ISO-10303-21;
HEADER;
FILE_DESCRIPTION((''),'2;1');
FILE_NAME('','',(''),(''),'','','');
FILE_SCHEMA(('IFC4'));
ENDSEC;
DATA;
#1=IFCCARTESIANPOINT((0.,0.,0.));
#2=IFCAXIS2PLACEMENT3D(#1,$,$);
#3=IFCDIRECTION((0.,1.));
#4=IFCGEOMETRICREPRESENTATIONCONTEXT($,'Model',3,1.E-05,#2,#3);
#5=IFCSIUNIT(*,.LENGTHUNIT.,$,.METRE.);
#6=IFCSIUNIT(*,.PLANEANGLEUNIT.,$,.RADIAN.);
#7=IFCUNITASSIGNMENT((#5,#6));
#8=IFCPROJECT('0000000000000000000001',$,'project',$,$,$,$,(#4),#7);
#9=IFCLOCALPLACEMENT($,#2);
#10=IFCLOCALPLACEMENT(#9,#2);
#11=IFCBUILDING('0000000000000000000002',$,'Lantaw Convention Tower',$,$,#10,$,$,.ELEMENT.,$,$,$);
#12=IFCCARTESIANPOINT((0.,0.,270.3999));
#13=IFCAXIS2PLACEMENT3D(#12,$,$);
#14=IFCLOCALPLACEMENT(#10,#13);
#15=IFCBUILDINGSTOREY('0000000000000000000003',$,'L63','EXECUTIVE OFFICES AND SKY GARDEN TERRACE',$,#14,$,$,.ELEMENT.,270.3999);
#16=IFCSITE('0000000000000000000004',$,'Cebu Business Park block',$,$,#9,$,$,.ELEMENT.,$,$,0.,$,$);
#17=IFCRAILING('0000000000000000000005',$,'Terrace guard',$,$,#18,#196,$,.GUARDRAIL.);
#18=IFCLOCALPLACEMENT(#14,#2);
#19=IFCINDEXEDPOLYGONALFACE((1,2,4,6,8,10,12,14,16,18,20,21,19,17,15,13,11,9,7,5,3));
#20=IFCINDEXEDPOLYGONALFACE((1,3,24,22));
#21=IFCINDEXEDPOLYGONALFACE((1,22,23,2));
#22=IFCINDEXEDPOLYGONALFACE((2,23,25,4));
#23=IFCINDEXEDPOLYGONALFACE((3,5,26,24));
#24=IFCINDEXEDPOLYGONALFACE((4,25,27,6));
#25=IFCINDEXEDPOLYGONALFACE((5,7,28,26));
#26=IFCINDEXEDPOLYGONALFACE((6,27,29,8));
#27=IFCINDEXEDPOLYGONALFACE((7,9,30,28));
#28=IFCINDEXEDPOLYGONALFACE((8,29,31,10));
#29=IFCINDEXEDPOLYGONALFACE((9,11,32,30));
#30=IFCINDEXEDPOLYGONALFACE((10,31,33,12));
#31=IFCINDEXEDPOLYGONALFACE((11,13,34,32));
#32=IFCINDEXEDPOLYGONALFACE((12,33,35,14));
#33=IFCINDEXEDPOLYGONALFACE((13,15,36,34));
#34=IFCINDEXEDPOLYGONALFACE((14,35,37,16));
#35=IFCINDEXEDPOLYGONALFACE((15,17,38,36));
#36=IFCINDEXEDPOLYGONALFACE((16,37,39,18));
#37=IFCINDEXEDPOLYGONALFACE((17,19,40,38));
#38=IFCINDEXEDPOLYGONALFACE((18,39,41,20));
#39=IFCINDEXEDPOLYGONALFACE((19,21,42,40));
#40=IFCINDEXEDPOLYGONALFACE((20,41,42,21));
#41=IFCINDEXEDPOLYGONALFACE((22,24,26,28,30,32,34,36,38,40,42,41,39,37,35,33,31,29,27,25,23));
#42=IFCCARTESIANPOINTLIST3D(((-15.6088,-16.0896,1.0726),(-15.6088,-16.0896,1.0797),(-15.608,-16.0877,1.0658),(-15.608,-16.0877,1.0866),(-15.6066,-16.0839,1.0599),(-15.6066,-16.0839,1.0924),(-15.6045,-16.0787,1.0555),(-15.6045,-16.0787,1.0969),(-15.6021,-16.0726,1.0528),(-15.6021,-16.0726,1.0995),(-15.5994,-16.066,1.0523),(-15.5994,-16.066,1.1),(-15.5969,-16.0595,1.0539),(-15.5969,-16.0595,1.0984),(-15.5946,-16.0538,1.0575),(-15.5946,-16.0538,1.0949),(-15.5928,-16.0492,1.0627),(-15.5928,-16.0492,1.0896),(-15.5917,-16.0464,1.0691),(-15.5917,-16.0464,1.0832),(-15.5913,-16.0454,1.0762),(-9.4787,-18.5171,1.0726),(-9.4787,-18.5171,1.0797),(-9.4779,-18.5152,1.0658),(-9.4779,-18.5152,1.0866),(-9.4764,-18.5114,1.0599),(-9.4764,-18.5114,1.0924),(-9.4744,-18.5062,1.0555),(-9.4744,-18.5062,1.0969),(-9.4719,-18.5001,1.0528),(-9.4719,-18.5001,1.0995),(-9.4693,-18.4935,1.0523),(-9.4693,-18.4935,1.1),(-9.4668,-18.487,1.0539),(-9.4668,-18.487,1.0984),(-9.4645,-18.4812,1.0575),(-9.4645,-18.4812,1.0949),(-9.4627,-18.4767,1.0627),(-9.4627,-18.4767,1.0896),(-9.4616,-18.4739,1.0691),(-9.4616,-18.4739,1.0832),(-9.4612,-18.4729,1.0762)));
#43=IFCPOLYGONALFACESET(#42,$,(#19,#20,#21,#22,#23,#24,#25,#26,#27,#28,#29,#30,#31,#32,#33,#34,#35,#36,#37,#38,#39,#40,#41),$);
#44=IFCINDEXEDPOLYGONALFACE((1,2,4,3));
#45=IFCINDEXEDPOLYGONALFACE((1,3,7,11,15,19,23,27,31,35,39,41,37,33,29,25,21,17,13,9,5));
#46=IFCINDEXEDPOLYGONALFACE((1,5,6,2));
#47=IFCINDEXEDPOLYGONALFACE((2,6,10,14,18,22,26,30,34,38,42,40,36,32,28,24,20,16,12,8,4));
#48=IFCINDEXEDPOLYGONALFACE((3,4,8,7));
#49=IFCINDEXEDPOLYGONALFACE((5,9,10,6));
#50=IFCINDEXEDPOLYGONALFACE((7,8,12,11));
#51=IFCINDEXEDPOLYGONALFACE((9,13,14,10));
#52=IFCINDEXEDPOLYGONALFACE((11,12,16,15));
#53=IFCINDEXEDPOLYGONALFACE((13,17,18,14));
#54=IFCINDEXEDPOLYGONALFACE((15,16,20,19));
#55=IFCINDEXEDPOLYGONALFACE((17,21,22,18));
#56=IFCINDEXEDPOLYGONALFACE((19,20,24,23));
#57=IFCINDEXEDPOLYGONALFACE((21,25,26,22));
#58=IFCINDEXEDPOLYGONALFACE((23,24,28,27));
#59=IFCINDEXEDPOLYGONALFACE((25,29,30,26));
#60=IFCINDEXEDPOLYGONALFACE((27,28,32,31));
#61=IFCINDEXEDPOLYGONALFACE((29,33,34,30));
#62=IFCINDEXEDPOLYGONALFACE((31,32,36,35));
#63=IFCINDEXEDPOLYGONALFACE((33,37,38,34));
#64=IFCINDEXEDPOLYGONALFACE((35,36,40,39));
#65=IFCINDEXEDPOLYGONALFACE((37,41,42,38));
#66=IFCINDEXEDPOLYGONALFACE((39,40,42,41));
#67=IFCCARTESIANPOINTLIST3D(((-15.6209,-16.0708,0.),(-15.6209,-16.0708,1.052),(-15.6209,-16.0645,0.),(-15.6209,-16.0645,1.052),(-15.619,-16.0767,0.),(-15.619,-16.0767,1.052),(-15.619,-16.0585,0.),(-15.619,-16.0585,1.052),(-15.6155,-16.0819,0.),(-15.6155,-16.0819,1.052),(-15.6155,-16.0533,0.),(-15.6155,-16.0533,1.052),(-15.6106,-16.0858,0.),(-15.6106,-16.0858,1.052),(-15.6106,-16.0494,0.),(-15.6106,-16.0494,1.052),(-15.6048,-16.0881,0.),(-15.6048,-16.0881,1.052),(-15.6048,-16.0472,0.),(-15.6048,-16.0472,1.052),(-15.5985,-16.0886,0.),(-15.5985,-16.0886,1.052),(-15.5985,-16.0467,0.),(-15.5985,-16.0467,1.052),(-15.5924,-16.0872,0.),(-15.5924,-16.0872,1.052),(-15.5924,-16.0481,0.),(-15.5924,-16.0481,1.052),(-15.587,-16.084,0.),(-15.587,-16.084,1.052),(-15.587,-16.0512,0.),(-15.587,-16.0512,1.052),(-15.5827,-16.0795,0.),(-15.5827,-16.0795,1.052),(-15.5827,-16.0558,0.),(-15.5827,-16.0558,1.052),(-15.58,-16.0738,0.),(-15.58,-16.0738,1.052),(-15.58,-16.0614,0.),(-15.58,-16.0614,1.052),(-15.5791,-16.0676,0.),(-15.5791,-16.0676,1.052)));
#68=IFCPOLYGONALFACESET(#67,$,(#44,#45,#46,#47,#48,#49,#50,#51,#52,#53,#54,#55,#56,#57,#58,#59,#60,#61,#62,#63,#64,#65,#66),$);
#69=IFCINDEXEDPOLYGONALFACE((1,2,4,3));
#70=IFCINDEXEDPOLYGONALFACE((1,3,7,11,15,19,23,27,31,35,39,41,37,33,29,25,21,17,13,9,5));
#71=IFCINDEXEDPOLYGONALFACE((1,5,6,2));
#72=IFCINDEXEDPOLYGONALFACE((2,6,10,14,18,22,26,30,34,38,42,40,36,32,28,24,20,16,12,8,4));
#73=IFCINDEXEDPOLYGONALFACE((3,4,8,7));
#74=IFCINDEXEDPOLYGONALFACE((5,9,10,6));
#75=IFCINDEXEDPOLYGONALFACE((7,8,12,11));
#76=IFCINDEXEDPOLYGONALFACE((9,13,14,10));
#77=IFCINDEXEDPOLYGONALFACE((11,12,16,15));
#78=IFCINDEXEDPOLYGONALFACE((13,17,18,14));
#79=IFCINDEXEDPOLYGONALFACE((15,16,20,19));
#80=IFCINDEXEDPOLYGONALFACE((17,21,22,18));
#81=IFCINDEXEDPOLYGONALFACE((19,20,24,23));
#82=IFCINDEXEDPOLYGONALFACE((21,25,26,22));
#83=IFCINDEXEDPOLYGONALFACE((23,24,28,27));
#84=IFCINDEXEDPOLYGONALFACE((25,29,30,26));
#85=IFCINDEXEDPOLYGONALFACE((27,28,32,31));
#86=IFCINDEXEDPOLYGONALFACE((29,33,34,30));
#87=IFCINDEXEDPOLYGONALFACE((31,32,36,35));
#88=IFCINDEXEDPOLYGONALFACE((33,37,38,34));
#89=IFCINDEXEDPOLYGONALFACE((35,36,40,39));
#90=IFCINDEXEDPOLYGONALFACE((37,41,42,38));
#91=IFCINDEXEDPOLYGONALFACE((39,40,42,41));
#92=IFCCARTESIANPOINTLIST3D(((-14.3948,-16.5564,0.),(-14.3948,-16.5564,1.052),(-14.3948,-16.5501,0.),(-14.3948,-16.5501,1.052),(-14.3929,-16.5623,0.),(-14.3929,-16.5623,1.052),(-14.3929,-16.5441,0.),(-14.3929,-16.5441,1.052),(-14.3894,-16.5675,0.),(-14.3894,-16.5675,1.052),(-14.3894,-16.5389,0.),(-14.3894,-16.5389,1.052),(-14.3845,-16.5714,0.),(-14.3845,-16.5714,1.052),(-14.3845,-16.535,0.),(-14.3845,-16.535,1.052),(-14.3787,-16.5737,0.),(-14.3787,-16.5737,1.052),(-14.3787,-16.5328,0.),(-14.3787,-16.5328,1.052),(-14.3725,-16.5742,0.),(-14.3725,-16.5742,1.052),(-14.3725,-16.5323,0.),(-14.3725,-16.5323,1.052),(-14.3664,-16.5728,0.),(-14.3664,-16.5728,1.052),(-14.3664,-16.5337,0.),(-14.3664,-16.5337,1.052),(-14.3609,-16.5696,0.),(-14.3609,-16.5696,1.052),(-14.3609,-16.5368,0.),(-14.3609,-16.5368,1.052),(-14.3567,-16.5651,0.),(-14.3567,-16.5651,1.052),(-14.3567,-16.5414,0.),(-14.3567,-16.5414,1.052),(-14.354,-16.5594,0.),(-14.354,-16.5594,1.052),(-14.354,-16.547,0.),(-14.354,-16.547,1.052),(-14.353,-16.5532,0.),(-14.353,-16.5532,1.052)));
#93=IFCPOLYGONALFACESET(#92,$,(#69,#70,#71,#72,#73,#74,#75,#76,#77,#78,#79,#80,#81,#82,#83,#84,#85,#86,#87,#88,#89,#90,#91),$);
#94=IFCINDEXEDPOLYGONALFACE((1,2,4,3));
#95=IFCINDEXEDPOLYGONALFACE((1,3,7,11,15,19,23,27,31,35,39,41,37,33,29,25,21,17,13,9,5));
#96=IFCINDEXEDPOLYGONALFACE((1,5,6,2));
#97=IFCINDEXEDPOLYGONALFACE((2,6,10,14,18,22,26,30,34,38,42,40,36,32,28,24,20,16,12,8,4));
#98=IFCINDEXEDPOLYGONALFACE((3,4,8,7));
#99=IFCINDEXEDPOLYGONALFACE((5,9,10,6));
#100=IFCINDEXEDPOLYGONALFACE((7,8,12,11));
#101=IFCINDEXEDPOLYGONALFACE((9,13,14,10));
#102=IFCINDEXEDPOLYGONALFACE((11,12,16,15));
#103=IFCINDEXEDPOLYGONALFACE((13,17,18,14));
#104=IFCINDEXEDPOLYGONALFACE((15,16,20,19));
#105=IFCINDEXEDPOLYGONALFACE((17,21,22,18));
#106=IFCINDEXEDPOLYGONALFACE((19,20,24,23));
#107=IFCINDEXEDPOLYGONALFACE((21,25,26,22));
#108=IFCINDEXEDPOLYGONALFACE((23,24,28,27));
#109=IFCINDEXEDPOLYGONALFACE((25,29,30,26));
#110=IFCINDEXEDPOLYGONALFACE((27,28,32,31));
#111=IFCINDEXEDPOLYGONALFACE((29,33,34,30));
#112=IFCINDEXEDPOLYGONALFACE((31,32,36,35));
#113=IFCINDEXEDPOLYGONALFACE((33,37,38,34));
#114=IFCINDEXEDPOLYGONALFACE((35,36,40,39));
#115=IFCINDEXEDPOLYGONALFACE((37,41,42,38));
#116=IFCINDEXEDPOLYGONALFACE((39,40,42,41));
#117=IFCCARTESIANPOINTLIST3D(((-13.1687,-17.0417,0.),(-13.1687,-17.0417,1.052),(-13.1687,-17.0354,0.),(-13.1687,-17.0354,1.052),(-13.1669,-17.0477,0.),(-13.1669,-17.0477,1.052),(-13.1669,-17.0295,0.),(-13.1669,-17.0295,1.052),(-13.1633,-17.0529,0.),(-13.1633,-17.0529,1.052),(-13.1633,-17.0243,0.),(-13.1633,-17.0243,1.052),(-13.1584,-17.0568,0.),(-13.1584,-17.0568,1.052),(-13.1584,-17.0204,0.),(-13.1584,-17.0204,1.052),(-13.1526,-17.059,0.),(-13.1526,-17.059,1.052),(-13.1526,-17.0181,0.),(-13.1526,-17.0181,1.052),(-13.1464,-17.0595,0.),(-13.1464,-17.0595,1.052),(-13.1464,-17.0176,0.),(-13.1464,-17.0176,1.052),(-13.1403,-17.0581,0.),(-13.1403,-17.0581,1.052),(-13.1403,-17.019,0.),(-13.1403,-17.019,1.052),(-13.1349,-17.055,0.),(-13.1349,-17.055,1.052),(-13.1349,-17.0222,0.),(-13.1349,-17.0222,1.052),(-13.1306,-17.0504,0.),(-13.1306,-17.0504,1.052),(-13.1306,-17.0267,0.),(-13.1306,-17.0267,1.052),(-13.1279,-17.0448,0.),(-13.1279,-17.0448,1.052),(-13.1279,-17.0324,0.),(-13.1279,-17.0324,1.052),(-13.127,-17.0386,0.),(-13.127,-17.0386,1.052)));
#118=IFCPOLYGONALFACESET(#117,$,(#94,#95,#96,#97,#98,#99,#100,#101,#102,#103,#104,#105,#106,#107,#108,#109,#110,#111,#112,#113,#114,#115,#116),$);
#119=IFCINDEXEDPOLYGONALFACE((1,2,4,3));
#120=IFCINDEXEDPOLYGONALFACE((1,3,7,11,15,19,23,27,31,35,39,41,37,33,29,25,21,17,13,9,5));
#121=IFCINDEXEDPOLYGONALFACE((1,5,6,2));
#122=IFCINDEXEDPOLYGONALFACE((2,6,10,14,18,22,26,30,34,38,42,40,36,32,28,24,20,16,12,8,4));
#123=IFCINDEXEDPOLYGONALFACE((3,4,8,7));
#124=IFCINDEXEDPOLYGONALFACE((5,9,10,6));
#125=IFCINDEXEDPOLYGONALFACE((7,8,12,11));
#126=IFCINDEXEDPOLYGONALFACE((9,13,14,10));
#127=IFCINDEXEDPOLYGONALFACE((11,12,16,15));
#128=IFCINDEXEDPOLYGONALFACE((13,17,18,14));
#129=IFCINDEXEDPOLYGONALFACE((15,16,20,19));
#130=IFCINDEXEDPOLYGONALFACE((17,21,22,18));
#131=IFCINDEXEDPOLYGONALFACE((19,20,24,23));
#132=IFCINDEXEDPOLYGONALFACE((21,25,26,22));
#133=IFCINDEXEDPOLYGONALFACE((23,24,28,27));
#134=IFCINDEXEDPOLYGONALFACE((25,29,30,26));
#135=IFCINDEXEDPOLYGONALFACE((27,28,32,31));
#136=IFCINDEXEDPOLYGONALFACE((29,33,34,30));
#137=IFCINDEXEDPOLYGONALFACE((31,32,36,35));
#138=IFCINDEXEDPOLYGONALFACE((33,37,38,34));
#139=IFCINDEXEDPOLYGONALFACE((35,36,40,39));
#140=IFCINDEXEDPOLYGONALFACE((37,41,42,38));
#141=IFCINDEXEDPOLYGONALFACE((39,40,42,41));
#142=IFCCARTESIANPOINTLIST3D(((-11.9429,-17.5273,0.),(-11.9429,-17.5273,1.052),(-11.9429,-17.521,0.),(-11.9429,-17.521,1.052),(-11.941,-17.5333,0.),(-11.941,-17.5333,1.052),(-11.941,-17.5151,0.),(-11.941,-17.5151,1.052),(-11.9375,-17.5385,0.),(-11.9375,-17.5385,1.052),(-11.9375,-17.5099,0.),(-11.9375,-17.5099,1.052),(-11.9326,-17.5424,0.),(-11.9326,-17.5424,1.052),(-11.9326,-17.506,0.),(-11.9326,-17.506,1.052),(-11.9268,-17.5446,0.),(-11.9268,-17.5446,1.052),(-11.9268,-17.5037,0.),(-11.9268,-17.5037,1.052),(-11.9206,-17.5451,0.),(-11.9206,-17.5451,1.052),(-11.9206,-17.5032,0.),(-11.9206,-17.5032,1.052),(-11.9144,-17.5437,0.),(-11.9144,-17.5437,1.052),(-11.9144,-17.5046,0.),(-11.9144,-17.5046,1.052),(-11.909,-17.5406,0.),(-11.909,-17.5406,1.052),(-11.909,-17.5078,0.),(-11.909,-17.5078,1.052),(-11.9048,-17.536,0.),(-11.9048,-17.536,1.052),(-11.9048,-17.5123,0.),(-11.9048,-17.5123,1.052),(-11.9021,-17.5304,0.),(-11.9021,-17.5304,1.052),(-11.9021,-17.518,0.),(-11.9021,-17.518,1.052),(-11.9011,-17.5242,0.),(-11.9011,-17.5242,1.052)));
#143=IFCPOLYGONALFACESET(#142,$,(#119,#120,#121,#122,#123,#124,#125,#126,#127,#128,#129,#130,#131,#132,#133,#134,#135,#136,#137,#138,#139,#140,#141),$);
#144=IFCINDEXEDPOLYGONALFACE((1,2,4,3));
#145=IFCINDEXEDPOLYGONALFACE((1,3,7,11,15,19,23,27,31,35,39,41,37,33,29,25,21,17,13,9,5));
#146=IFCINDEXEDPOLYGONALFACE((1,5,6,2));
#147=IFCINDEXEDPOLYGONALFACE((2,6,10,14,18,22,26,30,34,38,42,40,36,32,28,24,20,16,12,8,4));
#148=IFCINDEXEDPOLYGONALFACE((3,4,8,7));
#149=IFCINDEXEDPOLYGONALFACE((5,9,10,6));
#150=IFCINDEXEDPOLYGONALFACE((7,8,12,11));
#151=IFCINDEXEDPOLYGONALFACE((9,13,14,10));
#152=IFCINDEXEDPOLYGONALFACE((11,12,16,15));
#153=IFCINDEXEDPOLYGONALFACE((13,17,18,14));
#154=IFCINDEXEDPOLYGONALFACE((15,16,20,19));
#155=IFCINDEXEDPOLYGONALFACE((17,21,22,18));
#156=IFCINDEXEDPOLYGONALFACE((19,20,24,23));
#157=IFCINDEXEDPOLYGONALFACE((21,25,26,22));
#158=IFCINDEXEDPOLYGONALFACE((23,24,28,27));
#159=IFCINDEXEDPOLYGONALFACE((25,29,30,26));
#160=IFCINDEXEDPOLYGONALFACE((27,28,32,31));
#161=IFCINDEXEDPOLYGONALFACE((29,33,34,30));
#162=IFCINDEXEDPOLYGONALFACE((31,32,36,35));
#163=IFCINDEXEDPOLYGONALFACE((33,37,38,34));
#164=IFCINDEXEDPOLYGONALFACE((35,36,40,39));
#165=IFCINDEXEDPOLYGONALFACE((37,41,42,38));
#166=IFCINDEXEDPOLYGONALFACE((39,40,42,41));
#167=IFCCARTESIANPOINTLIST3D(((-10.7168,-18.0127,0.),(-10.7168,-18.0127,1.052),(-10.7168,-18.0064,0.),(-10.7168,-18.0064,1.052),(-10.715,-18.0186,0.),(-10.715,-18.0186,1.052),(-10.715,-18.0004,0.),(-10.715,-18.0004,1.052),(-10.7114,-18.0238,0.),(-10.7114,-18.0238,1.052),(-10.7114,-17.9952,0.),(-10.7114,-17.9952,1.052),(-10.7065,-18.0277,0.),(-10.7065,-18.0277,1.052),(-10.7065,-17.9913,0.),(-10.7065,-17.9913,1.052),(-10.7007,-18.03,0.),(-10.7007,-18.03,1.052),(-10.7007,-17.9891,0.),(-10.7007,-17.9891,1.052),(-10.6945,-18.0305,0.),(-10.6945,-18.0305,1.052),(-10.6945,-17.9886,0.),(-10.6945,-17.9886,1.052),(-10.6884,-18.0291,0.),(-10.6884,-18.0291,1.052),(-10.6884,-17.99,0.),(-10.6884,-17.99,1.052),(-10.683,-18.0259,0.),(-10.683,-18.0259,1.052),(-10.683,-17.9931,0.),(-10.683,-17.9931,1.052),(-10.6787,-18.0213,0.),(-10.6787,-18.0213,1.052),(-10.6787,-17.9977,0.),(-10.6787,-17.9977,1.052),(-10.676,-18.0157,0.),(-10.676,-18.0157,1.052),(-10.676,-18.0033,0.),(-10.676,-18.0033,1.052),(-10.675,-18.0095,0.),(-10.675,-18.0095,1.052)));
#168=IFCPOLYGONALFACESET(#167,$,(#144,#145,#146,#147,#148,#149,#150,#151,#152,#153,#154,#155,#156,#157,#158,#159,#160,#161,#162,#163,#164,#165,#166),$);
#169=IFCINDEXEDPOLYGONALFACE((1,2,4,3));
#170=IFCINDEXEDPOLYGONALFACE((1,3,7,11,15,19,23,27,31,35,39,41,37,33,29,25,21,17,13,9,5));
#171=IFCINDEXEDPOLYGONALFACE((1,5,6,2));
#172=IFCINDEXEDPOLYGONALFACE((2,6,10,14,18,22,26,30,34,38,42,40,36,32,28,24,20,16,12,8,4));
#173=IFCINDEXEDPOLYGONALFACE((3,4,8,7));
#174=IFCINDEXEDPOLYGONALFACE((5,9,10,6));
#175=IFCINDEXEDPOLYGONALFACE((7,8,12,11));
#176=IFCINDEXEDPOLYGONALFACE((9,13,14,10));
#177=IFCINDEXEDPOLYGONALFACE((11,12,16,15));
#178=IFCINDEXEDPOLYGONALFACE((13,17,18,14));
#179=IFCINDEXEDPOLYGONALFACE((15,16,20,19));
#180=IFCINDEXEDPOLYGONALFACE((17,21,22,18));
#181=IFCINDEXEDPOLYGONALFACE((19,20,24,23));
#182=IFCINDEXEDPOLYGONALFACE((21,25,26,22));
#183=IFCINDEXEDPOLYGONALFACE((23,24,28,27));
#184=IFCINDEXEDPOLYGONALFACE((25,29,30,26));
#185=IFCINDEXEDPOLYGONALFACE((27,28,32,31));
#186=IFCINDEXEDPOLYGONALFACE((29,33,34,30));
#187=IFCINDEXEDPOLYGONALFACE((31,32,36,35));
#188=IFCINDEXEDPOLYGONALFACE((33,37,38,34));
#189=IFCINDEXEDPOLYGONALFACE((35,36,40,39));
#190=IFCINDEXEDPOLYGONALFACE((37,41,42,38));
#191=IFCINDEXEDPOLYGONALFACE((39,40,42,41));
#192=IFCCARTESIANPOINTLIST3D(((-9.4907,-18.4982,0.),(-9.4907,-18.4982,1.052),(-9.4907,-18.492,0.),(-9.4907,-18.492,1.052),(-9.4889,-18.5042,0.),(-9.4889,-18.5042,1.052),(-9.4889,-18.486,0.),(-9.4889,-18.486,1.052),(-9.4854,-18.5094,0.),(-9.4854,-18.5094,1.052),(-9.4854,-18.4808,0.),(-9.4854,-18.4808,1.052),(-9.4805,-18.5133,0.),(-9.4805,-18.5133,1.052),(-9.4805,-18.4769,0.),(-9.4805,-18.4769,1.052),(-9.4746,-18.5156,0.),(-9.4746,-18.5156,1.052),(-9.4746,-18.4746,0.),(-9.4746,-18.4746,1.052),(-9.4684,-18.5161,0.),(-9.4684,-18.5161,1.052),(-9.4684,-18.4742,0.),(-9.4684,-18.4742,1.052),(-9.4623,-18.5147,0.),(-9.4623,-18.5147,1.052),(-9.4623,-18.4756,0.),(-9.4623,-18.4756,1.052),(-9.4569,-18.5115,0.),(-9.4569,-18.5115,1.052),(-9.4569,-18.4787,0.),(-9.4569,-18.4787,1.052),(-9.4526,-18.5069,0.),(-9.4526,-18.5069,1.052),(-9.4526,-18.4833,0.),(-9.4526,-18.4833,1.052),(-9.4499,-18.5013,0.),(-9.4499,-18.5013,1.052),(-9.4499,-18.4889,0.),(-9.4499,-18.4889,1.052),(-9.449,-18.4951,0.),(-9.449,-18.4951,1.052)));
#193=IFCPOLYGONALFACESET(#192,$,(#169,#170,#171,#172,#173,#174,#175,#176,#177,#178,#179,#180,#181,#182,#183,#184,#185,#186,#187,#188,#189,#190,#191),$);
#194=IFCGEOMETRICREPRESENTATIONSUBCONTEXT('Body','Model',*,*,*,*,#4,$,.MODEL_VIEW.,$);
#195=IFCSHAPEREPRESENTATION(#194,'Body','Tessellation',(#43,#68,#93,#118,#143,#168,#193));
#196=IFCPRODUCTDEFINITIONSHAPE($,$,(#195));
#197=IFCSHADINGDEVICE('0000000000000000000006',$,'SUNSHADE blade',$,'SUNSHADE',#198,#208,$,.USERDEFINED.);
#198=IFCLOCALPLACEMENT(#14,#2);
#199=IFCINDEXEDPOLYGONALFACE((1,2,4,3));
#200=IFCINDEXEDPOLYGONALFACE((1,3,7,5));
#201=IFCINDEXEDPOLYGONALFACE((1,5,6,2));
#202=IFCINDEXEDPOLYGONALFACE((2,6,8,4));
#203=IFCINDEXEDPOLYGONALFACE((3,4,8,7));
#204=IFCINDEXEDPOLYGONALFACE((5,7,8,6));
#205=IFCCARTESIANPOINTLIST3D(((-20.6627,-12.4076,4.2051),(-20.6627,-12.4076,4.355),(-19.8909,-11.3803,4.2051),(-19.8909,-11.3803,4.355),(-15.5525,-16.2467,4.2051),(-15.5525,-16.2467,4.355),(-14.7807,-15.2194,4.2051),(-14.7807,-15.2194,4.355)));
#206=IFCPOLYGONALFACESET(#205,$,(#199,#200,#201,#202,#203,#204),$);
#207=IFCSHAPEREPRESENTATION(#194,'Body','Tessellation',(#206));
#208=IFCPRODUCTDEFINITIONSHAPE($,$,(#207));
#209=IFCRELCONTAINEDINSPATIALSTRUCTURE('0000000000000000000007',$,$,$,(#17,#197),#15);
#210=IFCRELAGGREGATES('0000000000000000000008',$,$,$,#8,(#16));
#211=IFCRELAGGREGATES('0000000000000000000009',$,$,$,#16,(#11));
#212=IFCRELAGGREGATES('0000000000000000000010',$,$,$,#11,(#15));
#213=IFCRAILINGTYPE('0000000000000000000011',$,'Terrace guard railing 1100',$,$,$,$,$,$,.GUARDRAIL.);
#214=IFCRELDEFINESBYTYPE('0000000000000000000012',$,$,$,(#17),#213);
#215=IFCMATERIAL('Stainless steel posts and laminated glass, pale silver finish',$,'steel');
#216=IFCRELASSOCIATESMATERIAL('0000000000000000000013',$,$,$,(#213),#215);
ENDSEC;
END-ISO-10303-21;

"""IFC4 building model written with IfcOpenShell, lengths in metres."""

from ifc_helpers import new_model, si_unit, direction, frame, origin, origin_2d, place, context, subcontext, project, spatial, rectangle, circle, extrude, material, type_object, element, save


model = new_model("IFC4")

# Units and contexts
model_context = context("Model", 3, precision=1e-05, world=origin(), true_north=direction((0.0, 1.0)))
body_context = subcontext(model_context, "Body", "Model", "MODEL_VIEW")
ifc_project = project(units=[si_unit("LENGTHUNIT", "METRE"), si_unit("PLANEANGLEUNIT", "RADIAN")], contexts=[model_context])

# Site, building, storey
site_placement = place(None, origin())
site = spatial("IfcSite", under=ifc_project, at=site_placement, Name="Cebu Business Park block", CompositionType="ELEMENT", RefElevation=0.0)
building_placement = place(site_placement, origin())
building = spatial("IfcBuilding", under=site, at=building_placement, Name="Lantaw Convention Tower", CompositionType="ELEMENT")
storey_placement = place(building_placement, frame((0.0, 0.0, 270.3999)))
storey = spatial("IfcBuildingStorey", under=building, at=storey_placement, Name="L63", Description="EXECUTIVE OFFICES AND SKY GARDEN TERRACE", CompositionType="ELEMENT", Elevation=270.3999)

# Railing
ifc_material_1 = material(Name="Stainless steel posts and laminated glass, pale silver finish", Category="steel")
railing_type = type_object("IfcRailingType", Name="Terrace guard railing 1100", PredefinedType="GUARDRAIL", material=ifc_material_1)
railing_1_placement = place(storey_placement, frame((-15.6001, -16.0676, 0.0)))
element("IfcRailing", 1, at=railing_1_placement, inside=storey, type_object=railing_type, Name="Terrace guard", PredefinedType="GUARDRAIL", context=body_context, shape_type="SweptSolid", body=[
    extrude(circle(Radius=0.0239, at=origin_2d()), frame((0.0, 0.0, 1.0762), z_axis=(0.929756, -0.368177, 0.0), x_axis=(0.368177, 0.929756, 0.0)), (0.0, 0.0, 1.0), 6.5933),
    extrude(circle(Radius=0.021, at=origin_2d()), origin(), (0.0, 0.0, 1.0), 1.052),
    extrude(circle(Radius=0.021, at=origin_2d()), frame((1.2261, -0.4856, 0.0)), (0.0, 0.0, 1.0), 1.052),
    extrude(circle(Radius=0.021, at=origin_2d()), frame((2.4521, -0.9709, 0.0)), (0.0, 0.0, 1.0), 1.052),
    extrude(circle(Radius=0.021, at=origin_2d()), frame((3.678, -1.4565, 0.0)), (0.0, 0.0, 1.0), 1.052),
    extrude(circle(Radius=0.021, at=origin_2d()), frame((4.9041, -1.9419, 0.0)), (0.0, 0.0, 1.0), 1.052),
    extrude(circle(Radius=0.021, at=origin_2d()), frame((6.1301, -2.4275, 0.0)), (0.0, 0.0, 1.0), 1.052),
])

# Shading device
shading_device_placement = place(storey_placement, frame((-17.7217, -13.8135, 4.2051), z_axis=(0.0, 0.0, 1.0), x_axis=(0.799518, -0.600643, 0.0)))
element("IfcShadingDevice", 2, at=shading_device_placement, inside=storey, Name="SUNSHADE blade", ObjectType="SUNSHADE", PredefinedType="USERDEFINED", context=body_context, shape_type="SweptSolid", body=[
    extrude(rectangle(XDim=6.3916, YDim=1.2849, at=origin_2d()), origin(), (0.0, 0.0, 1.0), 0.1499),
])

save(model, "model.ifc")
